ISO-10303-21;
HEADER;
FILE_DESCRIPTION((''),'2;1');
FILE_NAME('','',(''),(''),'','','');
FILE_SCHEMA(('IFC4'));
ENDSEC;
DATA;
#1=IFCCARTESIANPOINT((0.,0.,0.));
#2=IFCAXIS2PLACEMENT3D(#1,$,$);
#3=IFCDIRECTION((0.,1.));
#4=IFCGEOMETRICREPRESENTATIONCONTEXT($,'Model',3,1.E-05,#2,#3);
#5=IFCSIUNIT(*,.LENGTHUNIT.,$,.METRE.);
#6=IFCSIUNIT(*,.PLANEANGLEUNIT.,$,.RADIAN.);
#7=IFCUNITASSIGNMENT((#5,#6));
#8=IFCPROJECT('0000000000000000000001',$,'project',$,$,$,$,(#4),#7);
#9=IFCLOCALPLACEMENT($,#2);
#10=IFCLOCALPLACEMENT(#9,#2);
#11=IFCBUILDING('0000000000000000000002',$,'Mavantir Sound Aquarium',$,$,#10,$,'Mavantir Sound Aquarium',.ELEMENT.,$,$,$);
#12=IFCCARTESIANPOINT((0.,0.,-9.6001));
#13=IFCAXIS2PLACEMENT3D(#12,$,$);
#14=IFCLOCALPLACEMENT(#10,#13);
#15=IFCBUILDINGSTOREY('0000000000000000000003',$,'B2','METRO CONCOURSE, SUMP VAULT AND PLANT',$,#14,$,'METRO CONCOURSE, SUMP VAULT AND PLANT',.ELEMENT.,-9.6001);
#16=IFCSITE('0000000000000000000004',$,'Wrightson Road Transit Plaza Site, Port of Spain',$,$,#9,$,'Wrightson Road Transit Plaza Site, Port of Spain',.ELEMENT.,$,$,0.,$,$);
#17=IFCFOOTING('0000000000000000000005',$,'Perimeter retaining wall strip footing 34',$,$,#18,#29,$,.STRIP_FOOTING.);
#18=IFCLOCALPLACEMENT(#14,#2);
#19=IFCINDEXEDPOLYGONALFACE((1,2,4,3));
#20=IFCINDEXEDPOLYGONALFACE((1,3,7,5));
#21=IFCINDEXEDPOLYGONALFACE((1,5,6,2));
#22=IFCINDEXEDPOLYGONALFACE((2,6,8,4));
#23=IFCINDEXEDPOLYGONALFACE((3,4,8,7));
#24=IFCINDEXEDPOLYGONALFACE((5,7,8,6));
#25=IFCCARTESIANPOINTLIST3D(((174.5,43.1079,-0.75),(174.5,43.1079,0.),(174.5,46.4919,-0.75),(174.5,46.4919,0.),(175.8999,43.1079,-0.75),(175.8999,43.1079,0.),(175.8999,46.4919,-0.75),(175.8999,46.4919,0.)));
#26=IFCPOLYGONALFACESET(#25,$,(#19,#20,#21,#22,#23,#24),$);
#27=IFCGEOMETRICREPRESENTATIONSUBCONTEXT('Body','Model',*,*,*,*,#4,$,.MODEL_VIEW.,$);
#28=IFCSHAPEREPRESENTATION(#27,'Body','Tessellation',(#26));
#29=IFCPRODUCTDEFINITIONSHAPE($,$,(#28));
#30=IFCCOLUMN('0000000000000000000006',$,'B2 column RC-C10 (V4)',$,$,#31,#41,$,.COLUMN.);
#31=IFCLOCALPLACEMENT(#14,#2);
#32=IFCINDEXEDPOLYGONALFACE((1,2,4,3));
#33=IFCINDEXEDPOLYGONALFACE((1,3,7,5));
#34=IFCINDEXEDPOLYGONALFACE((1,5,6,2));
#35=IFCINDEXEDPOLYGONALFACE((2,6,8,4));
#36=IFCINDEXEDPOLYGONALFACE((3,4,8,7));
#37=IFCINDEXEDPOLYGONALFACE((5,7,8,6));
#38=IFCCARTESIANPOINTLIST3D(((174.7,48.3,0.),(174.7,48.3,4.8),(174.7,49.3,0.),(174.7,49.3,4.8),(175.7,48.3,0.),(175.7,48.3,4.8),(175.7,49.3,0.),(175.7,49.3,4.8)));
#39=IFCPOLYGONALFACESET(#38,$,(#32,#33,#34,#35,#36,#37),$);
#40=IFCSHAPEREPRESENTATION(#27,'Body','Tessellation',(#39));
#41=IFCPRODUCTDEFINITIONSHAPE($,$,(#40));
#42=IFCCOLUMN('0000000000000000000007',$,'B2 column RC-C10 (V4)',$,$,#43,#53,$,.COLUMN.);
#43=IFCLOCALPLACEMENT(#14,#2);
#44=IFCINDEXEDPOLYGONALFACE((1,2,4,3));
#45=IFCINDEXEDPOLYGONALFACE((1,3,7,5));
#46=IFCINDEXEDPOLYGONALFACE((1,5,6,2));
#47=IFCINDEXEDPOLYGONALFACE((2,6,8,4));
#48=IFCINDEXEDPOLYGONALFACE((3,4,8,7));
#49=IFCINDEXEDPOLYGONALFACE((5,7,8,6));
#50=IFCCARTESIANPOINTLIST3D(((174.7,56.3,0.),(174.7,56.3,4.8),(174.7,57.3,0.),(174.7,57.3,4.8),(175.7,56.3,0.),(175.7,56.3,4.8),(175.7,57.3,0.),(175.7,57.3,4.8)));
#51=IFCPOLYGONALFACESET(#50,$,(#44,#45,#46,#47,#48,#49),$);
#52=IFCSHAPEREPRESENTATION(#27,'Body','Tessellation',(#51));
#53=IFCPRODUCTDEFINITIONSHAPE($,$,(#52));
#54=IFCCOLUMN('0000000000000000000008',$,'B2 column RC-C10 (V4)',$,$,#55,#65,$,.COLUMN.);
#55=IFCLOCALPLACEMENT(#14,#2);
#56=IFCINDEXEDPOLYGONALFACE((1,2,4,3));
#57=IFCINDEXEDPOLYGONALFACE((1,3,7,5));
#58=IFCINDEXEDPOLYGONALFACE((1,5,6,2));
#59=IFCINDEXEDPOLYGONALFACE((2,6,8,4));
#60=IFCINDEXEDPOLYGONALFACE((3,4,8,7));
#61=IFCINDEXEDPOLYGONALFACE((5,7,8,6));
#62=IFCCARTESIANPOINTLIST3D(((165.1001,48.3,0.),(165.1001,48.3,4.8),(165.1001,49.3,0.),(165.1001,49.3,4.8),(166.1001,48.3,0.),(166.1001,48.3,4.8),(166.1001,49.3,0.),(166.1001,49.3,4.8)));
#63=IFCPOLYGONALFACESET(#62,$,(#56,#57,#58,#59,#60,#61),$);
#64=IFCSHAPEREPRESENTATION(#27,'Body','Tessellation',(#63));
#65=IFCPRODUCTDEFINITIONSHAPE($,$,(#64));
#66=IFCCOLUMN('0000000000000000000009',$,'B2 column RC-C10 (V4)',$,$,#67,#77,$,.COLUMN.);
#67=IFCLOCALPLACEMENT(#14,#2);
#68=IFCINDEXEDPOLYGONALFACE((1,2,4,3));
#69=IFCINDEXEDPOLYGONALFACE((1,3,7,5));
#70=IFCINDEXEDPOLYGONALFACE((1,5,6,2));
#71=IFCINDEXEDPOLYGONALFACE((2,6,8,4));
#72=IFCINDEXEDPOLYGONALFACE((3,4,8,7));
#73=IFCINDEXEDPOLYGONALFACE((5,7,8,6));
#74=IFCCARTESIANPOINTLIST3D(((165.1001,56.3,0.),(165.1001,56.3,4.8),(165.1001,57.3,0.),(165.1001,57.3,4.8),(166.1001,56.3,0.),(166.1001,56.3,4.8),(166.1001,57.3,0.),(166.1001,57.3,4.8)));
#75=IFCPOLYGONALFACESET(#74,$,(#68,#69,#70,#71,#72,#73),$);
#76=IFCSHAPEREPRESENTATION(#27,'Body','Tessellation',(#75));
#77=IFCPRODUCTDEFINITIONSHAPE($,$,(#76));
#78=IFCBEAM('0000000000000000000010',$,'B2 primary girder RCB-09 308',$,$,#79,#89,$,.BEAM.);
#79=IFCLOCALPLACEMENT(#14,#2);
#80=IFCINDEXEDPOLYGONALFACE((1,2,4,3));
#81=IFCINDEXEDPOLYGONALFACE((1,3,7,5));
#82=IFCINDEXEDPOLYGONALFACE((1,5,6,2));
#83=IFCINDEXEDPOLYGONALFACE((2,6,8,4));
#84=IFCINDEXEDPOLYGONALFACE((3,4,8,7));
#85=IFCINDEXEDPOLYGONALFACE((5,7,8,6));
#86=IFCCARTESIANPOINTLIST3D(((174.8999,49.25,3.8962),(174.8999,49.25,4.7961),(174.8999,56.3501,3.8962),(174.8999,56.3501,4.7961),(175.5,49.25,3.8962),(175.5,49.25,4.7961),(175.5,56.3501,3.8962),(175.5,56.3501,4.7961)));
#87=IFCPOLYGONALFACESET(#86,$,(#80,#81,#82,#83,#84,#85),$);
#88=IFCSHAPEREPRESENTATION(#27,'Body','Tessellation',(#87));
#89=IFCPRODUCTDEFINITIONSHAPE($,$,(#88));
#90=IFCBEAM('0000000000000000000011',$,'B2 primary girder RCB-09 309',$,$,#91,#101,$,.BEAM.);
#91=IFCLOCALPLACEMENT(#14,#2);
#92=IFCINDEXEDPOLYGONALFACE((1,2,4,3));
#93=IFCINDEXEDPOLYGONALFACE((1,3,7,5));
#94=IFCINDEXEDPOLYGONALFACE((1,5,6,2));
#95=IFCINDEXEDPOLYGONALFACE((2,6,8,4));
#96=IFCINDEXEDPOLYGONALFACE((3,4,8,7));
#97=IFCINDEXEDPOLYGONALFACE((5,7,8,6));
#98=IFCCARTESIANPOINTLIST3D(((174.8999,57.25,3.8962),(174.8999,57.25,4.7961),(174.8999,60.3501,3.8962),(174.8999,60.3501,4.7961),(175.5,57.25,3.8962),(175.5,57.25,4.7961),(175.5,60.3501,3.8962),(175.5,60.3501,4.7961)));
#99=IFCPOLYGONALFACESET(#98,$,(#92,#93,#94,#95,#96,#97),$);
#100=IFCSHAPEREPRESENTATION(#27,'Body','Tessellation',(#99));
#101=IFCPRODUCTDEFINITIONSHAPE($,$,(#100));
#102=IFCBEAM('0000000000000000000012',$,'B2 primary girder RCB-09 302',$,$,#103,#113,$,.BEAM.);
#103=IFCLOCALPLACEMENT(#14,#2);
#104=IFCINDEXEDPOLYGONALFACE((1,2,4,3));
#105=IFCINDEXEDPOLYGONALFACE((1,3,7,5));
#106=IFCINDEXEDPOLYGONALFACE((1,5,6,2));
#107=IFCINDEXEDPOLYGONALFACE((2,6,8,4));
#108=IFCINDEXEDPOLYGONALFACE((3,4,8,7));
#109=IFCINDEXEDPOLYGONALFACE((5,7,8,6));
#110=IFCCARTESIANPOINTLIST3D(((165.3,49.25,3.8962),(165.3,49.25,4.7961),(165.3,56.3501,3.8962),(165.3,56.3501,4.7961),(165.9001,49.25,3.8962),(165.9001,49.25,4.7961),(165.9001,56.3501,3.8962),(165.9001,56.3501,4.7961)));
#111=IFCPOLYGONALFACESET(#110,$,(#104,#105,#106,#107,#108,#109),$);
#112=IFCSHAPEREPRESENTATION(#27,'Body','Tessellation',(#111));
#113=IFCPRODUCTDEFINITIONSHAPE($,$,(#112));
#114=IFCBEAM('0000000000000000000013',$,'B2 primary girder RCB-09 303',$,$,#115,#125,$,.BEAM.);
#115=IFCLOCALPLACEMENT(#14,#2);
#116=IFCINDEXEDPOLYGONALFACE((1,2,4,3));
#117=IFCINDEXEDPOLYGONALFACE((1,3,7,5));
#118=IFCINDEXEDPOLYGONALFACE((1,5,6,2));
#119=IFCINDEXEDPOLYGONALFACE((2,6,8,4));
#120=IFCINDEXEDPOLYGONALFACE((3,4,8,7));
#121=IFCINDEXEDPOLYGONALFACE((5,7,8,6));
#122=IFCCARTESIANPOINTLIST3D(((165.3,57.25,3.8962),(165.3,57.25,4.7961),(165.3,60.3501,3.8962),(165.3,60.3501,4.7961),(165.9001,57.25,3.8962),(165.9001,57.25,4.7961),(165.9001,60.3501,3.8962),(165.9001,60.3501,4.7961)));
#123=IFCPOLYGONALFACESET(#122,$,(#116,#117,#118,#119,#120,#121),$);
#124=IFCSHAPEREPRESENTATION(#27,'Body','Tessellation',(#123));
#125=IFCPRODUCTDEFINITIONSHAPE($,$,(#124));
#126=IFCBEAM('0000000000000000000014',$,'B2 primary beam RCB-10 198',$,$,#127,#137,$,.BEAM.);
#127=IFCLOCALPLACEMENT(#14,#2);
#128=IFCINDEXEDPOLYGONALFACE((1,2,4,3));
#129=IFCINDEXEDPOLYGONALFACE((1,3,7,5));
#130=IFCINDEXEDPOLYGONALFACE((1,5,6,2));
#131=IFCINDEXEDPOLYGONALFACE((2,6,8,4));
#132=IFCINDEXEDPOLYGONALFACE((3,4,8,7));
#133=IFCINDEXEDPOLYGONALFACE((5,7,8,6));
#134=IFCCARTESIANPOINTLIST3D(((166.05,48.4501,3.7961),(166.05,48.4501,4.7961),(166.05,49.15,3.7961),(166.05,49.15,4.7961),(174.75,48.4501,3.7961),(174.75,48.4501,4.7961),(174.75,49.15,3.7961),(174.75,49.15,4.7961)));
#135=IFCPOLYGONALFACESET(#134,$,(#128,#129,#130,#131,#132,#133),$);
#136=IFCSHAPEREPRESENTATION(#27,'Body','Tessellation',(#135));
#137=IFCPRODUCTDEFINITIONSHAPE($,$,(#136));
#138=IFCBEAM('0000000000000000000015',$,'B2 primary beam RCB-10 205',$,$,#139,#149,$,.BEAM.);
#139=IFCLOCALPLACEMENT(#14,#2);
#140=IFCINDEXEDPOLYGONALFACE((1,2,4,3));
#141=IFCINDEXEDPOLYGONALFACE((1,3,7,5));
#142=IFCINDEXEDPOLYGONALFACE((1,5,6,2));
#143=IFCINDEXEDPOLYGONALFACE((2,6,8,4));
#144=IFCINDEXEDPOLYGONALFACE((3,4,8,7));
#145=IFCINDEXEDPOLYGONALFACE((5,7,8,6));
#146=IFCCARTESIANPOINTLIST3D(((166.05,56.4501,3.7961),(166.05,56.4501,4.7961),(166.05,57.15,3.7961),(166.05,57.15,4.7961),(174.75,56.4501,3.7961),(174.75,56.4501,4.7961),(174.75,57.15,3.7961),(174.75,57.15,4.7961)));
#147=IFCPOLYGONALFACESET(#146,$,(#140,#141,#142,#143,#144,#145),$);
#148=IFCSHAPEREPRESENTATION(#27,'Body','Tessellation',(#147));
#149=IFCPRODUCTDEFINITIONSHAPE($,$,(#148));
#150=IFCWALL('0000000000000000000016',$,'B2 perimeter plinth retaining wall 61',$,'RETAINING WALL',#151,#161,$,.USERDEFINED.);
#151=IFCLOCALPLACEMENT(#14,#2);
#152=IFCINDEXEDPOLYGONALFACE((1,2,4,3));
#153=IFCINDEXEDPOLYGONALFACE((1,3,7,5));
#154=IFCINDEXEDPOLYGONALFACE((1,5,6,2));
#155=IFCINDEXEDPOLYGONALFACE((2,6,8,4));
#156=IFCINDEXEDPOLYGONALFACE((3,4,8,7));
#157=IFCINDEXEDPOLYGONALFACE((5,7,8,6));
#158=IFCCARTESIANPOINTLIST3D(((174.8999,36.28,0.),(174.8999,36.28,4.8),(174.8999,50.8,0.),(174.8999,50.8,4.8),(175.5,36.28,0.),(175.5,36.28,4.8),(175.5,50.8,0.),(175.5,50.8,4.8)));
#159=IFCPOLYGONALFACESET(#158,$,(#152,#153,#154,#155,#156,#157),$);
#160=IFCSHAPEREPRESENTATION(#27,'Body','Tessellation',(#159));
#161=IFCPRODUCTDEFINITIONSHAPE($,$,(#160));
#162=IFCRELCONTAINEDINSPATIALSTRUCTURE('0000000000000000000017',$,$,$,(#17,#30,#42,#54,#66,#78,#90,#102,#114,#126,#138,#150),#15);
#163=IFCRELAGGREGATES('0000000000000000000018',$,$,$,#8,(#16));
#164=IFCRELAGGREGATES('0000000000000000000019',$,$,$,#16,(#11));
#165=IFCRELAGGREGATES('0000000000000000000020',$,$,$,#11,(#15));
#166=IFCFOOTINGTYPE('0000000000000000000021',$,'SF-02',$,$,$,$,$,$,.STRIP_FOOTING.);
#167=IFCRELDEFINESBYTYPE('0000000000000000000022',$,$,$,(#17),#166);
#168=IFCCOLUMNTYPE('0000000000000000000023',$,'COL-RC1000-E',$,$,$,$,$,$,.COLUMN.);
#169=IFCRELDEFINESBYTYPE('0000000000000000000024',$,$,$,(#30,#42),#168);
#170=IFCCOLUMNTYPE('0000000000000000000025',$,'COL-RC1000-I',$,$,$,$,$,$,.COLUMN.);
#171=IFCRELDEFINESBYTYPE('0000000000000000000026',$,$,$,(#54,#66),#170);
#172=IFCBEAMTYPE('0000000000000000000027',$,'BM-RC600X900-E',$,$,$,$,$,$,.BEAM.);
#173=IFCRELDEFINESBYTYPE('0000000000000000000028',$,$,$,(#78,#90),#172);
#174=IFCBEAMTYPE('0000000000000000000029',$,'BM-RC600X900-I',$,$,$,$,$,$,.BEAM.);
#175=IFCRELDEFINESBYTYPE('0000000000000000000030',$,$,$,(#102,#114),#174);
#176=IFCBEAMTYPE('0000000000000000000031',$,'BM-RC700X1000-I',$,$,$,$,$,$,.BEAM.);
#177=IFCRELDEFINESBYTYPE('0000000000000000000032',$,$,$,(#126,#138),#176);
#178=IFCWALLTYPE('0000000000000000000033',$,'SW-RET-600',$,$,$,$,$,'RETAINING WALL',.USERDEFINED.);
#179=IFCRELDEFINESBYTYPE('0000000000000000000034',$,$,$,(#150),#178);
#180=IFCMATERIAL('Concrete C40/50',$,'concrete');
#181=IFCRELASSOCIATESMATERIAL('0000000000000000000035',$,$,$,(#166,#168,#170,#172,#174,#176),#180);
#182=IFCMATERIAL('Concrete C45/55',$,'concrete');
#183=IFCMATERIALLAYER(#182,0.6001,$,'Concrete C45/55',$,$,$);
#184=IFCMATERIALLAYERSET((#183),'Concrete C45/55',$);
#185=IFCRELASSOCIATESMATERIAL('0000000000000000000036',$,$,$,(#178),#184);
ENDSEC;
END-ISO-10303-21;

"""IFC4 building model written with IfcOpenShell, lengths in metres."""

from ifc_helpers import new_model, si_unit, direction, frame, frame_2d, origin, origin_2d, place, context, subcontext, project, spatial, rectangle, extrude, material, layer, layer_set, material_profile, profile_set, type_object, element, save


model = new_model("IFC4")

# Units and contexts
model_context = context("Model", 3, precision=1e-05, world=origin(), true_north=direction((0.0, 1.0)))
body_context = subcontext(model_context, "Body", "Model", "MODEL_VIEW")
ifc_project = project(units=[si_unit("LENGTHUNIT", "METRE"), si_unit("PLANEANGLEUNIT", "RADIAN")], contexts=[model_context])

# Site, building, storey
site_placement = place(None, origin())
site = spatial("IfcSite", under=ifc_project, at=site_placement, Name="Wrightson Road Transit Plaza Site, Port of Spain", LongName="Wrightson Road Transit Plaza Site, Port of Spain", CompositionType="ELEMENT", RefElevation=0.0)
building_placement = place(site_placement, origin())
building = spatial("IfcBuilding", under=site, at=building_placement, Name="Mavantir Sound Aquarium", LongName="Mavantir Sound Aquarium", CompositionType="ELEMENT")
storey_placement = place(building_placement, frame((0.0, 0.0, -9.6001)))
storey = spatial("IfcBuildingStorey", under=building, at=storey_placement, Name="B2", Description="METRO CONCOURSE, SUMP VAULT AND PLANT", LongName="METRO CONCOURSE, SUMP VAULT AND PLANT", CompositionType="ELEMENT", Elevation=-9.6001)

# Shared definitions
ifc_material_1 = material(Name="Concrete C40/50", Category="concrete")

# Footing
ifc_material_profile_1 = material_profile(ifc_material_1, rectangle(XDim=1.3999, YDim=0.75, at=origin_2d()), Name="RC 1400X750")
ifc_profile_set_1 = profile_set([ifc_material_profile_1], Name="Concrete C40/50")
footing_type_1 = type_object("IfcFootingType", Name="SF-02", PredefinedType="STRIP_FOOTING", material=ifc_profile_set_1)
for number, where, z_axis, x_axis, name in (
    (1, (175.2, 46.4919, -0.375), (0.0, -1.0, 0.0), (1.0, 0.0, 0.0), "Perimeter retaining wall strip footing 34"),
):
    element("IfcFooting", number, at=place(storey_placement, frame(where, z_axis=z_axis, x_axis=x_axis)), inside=storey, type_object=footing_type_1, Name=name, PredefinedType="STRIP_FOOTING", context=body_context, shape_type="SweptSolid", body=[
        extrude(rectangle(XDim=1.3999, YDim=0.75, at=origin_2d()), origin(), (0.0, 0.0, 1.0), 3.384),
    ])

# Columns
ifc_material_profile_2 = material_profile(ifc_material_1, rectangle(XDim=1.0, YDim=1.0, at=origin_2d()), Name="RC 1000X1000")
ifc_profile_set_2 = profile_set([ifc_material_profile_2], Name="Concrete C40/50")
column_type_1 = type_object("IfcColumnType", Name="COL-RC1000-E", PredefinedType="COLUMN", material=ifc_profile_set_2)
for number, where, z_axis, x_axis, name in (
    (2, (175.2, 48.8, 0.0), (0.0, 0.0, 1.0), (1.0, 0.0, 0.0), "B2 column RC-C10 (V4)"),
    (3, (175.2, 56.8, 0.0), (0.0, 0.0, 1.0), (1.0, 0.0, 0.0), "B2 column RC-C10 (V4)"),
):
    element("IfcColumn", number, at=place(storey_placement, frame(where, z_axis=z_axis, x_axis=x_axis)), inside=storey, type_object=column_type_1, Name=name, PredefinedType="COLUMN", context=body_context, shape_type="SweptSolid", body=[
        extrude(rectangle(XDim=1.0, YDim=1.0, at=origin_2d()), origin(), (0.0, 0.0, 1.0), 4.8),
    ])
ifc_material_profile_3 = material_profile(ifc_material_1, rectangle(XDim=1.0, YDim=1.0, at=origin_2d()), Name="RC 1000X1000")
ifc_profile_set_3 = profile_set([ifc_material_profile_3], Name="Concrete C40/50")
column_type_2 = type_object("IfcColumnType", Name="COL-RC1000-I", PredefinedType="COLUMN", material=ifc_profile_set_3)
for number, where, z_axis, x_axis, name in (
    (4, (165.6001, 48.8, 0.0), (0.0, 0.0, 1.0), (1.0, 0.0, 0.0), "B2 column RC-C10 (V4)"),
    (5, (165.6001, 56.8, 0.0), (0.0, 0.0, 1.0), (1.0, 0.0, 0.0), "B2 column RC-C10 (V4)"),
):
    element("IfcColumn", number, at=place(storey_placement, frame(where, z_axis=z_axis, x_axis=x_axis)), inside=storey, type_object=column_type_2, Name=name, PredefinedType="COLUMN", context=body_context, shape_type="SweptSolid", body=[
        extrude(rectangle(XDim=1.0, YDim=1.0, at=origin_2d()), origin(), (0.0, 0.0, 1.0), 4.8),
    ])

# Beams
ifc_material_profile_4 = material_profile(ifc_material_1, rectangle(XDim=0.6001, YDim=0.8999, at=origin_2d()), Name="RC 600X900")
ifc_profile_set_4 = profile_set([ifc_material_profile_4], Name="Concrete C40/50")
beam_type_1 = type_object("IfcBeamType", Name="BM-RC600X900-E", PredefinedType="BEAM", material=ifc_profile_set_4)
beam_1_placement = place(storey_placement, frame((175.2, 49.25, 4.3462), z_axis=(0.0, 1.0, 0.0), x_axis=(-1.0, 0.0, 0.0)))
element("IfcBeam", 6, at=beam_1_placement, inside=storey, type_object=beam_type_1, Name="B2 primary girder RCB-09 308", PredefinedType="BEAM", context=body_context, shape_type="SweptSolid", body=[
    extrude(rectangle(XDim=0.6001, YDim=0.8999, at=origin_2d()), origin(), (0.0, 0.0, 1.0), 7.1001),
])
beam_2_placement = place(storey_placement, frame((175.2, 57.25, 4.3462), z_axis=(0.0, 1.0, 0.0), x_axis=(-1.0, 0.0, 0.0)))
element("IfcBeam", 7, at=beam_2_placement, inside=storey, type_object=beam_type_1, Name="B2 primary girder RCB-09 309", PredefinedType="BEAM", context=body_context, shape_type="SweptSolid", body=[
    extrude(rectangle(XDim=0.6001, YDim=0.8999, at=origin_2d()), origin(), (0.0, 0.0, 1.0), 3.1001),
])
ifc_material_profile_5 = material_profile(ifc_material_1, rectangle(XDim=0.6001, YDim=0.8999, at=origin_2d()), Name="RC 600X900")
ifc_profile_set_5 = profile_set([ifc_material_profile_5], Name="Concrete C40/50")
beam_type_2 = type_object("IfcBeamType", Name="BM-RC600X900-I", PredefinedType="BEAM", material=ifc_profile_set_5)
beam_3_placement = place(storey_placement, frame((165.6001, 49.25, 4.3462), z_axis=(0.0, 1.0, 0.0), x_axis=(-1.0, 0.0, 0.0)))
element("IfcBeam", 8, at=beam_3_placement, inside=storey, type_object=beam_type_2, Name="B2 primary girder RCB-09 302", PredefinedType="BEAM", context=body_context, shape_type="SweptSolid", body=[
    extrude(rectangle(XDim=0.6001, YDim=0.8999, at=origin_2d()), origin(), (0.0, 0.0, 1.0), 7.1001),
])
beam_4_placement = place(storey_placement, frame((165.6001, 57.25, 4.3462), z_axis=(0.0, 1.0, 0.0), x_axis=(-1.0, 0.0, 0.0)))
element("IfcBeam", 9, at=beam_4_placement, inside=storey, type_object=beam_type_2, Name="B2 primary girder RCB-09 303", PredefinedType="BEAM", context=body_context, shape_type="SweptSolid", body=[
    extrude(rectangle(XDim=0.6001, YDim=0.8999, at=origin_2d()), origin(), (0.0, 0.0, 1.0), 3.1001),
])
ifc_material_profile_6 = material_profile(ifc_material_1, rectangle(XDim=0.7, YDim=1.0, at=origin_2d()), Name="RC 700X1000")
ifc_profile_set_6 = profile_set([ifc_material_profile_6], Name="Concrete C40/50")
beam_type_3 = type_object("IfcBeamType", Name="BM-RC700X1000-I", PredefinedType="BEAM", material=ifc_profile_set_6)
for number, where, z_axis, x_axis, name in (
    (10, (166.05, 48.8, 4.2961), (1.0, 0.0, 0.0), (0.0, 1.0, 0.0), "B2 primary beam RCB-10 198"),
    (11, (166.05, 56.8, 4.2961), (1.0, 0.0, 0.0), (0.0, 1.0, 0.0), "B2 primary beam RCB-10 205"),
):
    element("IfcBeam", number, at=place(storey_placement, frame(where, z_axis=z_axis, x_axis=x_axis)), inside=storey, type_object=beam_type_3, Name=name, PredefinedType="BEAM", context=body_context, shape_type="SweptSolid", body=[
        extrude(rectangle(XDim=0.7, YDim=1.0, at=origin_2d()), origin(), (0.0, 0.0, 1.0), 8.7),
    ])

# Wall
ifc_material_2 = material(Name="Concrete C45/55", Category="concrete")
ifc_layer = layer(ifc_material_2, 0.6001, Name="Concrete C45/55")
ifc_layer_set = layer_set([ifc_layer], Name="Concrete C45/55")
wall_type = type_object("IfcWallType", Name="SW-RET-600", ElementType="RETAINING WALL", PredefinedType="USERDEFINED", material=ifc_layer_set)
wall_placement = place(storey_placement, frame((175.2, 50.8, 0.0), z_axis=(0.0, 0.0, 1.0), x_axis=(0.0, -1.0, 0.0)))
element("IfcWall", 12, at=wall_placement, inside=storey, type_object=wall_type, Name="B2 perimeter plinth retaining wall 61", ObjectType="RETAINING WALL", PredefinedType="USERDEFINED", context=body_context, shape_type="SweptSolid", body=[
    extrude(rectangle(XDim=14.52, YDim=0.6001, at=frame_2d((7.26, 0.0))), origin(), (0.0, 0.0, 1.0), 4.8),
])

save(model, "model.ifc")
